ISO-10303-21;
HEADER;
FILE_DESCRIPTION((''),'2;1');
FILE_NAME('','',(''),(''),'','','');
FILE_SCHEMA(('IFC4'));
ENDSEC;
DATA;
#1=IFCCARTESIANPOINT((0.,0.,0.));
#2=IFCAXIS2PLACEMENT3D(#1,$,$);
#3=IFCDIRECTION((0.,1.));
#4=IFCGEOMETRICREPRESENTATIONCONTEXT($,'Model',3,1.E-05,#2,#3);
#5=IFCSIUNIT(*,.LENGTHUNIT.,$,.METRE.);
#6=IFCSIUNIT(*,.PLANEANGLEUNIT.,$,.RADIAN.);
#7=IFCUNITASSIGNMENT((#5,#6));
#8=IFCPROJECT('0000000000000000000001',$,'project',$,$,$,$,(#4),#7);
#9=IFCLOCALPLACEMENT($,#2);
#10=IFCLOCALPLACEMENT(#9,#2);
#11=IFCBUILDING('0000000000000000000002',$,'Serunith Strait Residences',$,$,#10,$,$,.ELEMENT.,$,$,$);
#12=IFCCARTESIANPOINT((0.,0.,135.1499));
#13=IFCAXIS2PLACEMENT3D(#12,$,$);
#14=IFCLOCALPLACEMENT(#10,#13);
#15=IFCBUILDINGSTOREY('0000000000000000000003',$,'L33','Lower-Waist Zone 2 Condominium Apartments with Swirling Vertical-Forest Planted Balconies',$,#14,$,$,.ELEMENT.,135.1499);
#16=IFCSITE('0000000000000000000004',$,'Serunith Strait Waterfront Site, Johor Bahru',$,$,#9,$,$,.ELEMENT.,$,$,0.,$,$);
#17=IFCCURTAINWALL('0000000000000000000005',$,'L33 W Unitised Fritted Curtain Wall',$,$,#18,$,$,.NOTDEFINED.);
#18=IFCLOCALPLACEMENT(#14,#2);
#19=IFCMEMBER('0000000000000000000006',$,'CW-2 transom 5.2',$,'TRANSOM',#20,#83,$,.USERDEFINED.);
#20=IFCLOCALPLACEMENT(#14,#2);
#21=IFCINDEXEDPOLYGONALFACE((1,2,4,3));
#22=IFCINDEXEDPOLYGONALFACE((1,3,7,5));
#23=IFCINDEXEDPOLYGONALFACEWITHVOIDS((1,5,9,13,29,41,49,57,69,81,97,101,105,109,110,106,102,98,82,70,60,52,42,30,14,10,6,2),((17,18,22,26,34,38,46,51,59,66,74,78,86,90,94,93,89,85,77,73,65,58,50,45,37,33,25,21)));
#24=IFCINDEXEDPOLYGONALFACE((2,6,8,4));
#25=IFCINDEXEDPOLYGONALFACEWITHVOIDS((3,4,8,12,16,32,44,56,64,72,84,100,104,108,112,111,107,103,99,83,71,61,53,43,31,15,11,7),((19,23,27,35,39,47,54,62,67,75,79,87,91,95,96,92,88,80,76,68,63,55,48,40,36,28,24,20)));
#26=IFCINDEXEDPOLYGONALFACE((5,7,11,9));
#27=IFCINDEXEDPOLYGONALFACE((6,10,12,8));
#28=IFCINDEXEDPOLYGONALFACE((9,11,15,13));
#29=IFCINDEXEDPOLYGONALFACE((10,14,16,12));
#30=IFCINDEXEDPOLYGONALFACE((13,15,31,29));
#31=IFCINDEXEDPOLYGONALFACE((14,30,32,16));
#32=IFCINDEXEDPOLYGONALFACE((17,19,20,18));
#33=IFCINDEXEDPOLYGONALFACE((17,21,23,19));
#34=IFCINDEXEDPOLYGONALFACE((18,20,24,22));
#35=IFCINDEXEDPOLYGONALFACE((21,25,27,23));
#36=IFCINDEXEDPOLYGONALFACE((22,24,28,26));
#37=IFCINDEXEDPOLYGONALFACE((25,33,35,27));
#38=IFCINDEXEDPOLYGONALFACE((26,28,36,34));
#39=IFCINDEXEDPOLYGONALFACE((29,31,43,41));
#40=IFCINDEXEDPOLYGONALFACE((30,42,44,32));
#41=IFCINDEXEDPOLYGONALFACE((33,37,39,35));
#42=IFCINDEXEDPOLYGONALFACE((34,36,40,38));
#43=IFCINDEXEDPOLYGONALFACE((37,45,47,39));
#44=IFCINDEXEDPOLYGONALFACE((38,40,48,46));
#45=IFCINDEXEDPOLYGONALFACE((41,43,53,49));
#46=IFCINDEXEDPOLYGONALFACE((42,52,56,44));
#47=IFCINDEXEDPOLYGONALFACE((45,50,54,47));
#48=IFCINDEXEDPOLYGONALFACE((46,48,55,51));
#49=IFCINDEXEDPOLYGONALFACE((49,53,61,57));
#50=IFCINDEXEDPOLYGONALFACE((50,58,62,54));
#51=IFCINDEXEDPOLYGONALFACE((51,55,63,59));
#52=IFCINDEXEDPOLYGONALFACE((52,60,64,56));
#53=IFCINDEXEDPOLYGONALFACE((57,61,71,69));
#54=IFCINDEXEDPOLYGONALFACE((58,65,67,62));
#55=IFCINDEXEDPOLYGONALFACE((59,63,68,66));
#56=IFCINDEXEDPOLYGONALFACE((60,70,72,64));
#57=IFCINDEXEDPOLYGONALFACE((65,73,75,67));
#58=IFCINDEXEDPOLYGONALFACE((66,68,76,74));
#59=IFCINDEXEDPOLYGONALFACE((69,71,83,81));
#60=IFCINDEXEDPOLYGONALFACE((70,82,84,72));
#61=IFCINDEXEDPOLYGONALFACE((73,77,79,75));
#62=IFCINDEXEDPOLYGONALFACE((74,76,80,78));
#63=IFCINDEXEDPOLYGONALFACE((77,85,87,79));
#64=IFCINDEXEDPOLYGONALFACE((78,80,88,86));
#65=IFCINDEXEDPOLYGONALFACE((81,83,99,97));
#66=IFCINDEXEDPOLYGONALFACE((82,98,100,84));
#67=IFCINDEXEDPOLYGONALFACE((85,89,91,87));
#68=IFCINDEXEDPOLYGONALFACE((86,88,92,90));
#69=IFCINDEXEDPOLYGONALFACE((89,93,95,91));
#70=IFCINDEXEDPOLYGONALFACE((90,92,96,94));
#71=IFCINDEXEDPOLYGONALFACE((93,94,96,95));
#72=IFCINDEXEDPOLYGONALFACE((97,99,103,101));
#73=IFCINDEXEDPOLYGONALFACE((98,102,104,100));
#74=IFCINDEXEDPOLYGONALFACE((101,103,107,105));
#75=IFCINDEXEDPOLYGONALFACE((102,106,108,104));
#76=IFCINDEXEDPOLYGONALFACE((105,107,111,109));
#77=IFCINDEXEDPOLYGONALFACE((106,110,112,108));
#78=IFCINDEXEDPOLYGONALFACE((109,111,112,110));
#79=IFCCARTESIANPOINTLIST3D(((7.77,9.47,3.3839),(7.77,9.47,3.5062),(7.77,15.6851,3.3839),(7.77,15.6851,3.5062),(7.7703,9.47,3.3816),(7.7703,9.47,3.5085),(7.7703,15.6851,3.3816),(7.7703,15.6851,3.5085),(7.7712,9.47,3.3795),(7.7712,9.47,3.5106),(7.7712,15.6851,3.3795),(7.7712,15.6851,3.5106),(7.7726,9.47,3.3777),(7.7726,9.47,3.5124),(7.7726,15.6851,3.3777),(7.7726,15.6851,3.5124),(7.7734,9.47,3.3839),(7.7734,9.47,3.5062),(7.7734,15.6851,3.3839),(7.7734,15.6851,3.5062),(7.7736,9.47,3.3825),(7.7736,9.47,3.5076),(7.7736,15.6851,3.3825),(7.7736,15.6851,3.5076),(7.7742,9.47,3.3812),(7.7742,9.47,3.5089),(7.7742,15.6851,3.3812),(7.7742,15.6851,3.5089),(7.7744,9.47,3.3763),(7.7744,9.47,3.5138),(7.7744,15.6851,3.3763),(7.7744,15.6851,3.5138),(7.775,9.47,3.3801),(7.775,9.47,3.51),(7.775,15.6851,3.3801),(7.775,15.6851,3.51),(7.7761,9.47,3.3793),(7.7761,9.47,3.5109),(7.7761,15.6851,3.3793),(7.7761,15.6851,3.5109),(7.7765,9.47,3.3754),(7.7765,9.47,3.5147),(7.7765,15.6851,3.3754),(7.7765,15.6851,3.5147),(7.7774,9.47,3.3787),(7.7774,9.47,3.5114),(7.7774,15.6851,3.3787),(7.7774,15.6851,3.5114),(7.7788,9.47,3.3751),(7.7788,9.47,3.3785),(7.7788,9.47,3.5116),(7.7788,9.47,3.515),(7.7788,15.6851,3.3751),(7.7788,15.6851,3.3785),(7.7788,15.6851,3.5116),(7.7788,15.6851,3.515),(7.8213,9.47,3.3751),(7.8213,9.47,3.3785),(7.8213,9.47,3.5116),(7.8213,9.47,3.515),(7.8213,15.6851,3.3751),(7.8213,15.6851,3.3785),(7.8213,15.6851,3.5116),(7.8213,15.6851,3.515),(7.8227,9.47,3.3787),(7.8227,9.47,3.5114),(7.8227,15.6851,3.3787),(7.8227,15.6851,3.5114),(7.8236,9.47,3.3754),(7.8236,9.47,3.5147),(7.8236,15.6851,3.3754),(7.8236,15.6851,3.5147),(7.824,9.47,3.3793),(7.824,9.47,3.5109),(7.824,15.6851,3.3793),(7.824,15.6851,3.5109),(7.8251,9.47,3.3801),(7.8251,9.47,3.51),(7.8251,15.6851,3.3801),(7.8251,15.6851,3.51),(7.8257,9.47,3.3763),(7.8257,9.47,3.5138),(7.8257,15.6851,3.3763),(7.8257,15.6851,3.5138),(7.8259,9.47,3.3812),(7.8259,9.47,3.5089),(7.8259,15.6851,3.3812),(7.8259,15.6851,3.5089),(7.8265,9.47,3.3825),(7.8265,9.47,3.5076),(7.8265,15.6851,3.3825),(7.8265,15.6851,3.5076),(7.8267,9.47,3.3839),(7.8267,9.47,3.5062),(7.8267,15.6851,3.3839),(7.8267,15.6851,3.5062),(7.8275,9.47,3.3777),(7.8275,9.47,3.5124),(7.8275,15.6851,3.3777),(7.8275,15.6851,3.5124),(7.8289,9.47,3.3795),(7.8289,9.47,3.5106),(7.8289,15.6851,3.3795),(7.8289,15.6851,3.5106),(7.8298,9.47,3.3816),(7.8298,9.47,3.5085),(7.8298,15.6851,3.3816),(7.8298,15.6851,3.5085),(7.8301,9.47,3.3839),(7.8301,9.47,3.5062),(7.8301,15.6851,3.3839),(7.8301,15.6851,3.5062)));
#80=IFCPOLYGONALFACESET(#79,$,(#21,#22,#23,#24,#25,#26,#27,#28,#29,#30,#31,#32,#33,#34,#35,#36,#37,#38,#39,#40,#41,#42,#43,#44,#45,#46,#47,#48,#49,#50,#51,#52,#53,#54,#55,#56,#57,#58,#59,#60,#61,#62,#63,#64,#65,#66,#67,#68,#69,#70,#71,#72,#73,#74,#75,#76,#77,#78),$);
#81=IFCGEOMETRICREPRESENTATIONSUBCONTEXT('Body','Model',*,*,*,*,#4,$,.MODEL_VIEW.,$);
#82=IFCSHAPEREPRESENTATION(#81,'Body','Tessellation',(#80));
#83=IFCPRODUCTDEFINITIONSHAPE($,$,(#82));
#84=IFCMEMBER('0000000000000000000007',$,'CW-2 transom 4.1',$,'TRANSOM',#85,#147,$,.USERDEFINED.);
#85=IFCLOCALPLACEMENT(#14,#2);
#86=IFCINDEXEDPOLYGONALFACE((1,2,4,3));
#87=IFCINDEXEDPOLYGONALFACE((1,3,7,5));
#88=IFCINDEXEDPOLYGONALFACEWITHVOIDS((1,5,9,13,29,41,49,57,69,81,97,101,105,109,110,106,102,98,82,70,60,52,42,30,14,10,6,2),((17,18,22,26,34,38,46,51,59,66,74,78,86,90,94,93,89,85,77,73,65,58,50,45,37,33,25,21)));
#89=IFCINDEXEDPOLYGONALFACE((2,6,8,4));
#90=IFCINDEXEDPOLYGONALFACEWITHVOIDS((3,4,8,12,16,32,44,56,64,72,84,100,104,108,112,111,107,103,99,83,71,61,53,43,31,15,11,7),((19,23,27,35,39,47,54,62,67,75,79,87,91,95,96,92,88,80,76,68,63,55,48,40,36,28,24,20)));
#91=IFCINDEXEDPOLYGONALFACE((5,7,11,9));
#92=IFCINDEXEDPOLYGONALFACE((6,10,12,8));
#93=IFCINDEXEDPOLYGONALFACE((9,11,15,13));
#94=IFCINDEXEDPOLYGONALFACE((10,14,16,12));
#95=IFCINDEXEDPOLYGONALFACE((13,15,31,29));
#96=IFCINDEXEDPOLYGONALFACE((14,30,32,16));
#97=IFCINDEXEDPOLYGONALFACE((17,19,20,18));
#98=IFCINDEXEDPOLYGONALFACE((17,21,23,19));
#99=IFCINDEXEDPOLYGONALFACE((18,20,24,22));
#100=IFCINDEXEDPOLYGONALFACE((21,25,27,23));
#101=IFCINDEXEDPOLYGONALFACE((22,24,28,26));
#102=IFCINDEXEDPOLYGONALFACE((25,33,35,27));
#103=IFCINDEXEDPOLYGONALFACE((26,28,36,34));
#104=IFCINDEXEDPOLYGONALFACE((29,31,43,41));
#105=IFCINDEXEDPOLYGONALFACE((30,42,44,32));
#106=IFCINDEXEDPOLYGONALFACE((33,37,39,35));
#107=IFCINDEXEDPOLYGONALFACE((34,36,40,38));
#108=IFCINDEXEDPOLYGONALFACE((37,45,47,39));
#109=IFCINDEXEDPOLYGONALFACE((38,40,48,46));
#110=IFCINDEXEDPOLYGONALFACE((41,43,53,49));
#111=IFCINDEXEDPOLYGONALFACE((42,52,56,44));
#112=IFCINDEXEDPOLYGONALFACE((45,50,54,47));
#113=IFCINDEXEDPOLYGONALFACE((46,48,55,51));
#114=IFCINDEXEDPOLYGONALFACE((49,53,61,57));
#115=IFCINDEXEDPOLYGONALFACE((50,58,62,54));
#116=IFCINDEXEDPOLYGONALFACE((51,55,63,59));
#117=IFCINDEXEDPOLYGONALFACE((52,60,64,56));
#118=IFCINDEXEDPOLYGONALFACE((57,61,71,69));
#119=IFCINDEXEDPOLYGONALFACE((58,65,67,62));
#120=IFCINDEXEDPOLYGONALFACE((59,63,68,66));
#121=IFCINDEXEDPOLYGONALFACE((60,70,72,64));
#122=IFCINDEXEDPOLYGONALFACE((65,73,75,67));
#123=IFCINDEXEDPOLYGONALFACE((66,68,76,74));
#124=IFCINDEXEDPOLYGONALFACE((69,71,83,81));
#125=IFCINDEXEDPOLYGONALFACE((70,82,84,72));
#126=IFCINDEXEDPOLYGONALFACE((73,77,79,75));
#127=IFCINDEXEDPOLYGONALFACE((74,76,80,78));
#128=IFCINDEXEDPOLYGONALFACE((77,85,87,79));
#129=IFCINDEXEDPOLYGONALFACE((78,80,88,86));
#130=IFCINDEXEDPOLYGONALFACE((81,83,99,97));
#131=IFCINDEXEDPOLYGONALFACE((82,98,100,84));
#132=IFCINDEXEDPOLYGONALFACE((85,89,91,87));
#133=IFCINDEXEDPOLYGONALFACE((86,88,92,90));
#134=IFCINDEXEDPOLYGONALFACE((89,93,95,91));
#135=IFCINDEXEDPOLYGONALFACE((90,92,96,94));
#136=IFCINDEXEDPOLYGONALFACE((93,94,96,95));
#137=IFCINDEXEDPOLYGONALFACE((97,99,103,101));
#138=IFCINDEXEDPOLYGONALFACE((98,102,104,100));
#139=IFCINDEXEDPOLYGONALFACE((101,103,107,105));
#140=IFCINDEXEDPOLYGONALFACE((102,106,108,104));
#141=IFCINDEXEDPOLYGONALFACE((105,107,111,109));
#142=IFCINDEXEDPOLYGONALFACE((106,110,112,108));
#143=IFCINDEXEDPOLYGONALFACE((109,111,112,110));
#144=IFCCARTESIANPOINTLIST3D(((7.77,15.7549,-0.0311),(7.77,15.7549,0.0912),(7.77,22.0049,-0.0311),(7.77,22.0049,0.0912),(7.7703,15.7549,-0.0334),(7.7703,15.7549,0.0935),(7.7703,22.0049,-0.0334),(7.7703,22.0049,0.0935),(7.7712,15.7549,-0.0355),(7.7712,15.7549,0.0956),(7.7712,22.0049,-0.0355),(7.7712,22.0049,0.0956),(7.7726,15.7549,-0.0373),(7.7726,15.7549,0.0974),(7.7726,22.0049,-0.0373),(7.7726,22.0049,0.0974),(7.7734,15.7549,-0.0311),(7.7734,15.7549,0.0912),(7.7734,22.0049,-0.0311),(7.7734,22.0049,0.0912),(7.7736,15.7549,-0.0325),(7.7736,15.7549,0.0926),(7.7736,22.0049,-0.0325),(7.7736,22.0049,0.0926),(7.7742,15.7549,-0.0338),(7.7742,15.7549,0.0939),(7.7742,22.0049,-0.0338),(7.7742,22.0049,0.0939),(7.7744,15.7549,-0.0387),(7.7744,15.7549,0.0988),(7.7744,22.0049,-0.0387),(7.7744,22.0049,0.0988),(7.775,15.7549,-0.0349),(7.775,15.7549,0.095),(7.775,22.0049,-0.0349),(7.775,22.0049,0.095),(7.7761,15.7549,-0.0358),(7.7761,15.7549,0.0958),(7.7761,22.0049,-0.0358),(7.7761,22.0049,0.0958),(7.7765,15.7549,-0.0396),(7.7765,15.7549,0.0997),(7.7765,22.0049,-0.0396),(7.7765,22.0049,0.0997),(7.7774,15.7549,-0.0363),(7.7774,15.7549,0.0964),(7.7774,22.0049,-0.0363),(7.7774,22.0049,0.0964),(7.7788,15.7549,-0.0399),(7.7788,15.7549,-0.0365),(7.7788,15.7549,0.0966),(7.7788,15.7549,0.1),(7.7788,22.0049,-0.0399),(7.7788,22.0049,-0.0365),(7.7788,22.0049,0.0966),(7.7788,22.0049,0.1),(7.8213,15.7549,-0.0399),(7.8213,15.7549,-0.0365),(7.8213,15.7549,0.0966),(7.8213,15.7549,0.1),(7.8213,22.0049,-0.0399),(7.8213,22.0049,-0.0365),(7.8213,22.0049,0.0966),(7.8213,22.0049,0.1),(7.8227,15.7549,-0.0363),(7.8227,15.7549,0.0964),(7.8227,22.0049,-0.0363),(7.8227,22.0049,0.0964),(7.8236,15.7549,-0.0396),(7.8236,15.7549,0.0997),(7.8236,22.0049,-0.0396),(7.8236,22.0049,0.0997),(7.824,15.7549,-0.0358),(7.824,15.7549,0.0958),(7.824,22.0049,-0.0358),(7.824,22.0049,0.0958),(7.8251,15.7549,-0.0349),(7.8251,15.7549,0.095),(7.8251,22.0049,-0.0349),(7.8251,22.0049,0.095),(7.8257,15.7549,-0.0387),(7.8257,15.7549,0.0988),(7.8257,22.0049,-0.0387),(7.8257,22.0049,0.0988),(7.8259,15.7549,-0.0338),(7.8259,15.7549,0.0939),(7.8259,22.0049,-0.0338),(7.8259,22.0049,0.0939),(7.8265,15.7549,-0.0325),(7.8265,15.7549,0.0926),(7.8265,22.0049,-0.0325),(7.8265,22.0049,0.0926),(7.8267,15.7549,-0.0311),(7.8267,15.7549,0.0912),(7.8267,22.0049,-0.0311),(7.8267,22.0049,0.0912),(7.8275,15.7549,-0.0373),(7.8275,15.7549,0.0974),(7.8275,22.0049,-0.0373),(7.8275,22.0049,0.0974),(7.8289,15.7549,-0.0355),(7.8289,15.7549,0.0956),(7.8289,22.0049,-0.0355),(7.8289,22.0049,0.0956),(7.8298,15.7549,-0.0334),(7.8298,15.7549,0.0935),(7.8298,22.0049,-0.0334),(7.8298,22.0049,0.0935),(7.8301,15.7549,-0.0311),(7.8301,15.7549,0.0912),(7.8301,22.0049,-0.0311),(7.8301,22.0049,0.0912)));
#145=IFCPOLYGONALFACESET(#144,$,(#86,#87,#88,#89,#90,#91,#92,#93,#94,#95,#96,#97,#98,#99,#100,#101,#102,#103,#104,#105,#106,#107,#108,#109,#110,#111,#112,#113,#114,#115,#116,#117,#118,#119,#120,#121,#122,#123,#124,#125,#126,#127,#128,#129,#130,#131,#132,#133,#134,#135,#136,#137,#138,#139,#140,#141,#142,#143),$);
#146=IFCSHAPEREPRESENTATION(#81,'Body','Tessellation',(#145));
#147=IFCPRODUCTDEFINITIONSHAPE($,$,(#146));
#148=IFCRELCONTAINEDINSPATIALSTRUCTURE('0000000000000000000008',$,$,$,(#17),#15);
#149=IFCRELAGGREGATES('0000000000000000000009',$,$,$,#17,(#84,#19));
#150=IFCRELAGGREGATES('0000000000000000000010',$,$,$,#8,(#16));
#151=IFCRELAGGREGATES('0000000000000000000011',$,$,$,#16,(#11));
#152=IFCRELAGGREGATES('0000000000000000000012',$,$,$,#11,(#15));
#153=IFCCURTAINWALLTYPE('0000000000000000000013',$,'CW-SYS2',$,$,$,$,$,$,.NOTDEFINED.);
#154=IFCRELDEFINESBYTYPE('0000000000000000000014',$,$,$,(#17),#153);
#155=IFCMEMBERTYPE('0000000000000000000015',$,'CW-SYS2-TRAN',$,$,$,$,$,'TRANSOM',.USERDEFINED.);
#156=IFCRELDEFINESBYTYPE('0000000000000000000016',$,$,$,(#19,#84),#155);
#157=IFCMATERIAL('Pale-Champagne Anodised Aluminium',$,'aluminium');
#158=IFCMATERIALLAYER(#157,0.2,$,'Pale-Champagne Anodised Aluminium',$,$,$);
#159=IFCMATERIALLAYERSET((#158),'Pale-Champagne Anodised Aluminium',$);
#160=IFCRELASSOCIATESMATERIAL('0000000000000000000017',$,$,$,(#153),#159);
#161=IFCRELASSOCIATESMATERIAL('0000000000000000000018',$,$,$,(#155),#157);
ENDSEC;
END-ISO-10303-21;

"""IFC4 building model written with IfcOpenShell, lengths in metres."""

from ifc_helpers import new_model, si_unit, direction, frame, origin, origin_2d, place, context, subcontext, project, spatial, hollow_rectangle, extrude, source, transform, mapped, material, layer, layer_set, material_profile, profile_set, type_object, element, aggregate, save


model = new_model("IFC4")

# Units and contexts
model_context = context("Model", 3, precision=1e-05, world=origin(), true_north=direction((0.0, 1.0)))
body_context = subcontext(model_context, "Body", "Model", "MODEL_VIEW")
ifc_project = project(units=[si_unit("LENGTHUNIT", "METRE"), si_unit("PLANEANGLEUNIT", "RADIAN")], contexts=[model_context])

# Site, building, storey
site_placement = place(None, origin())
site = spatial("IfcSite", under=ifc_project, at=site_placement, Name="Serunith Strait Waterfront Site, Johor Bahru", CompositionType="ELEMENT", RefElevation=0.0)
building_placement = place(site_placement, origin())
building = spatial("IfcBuilding", under=site, at=building_placement, Name="Serunith Strait Residences", CompositionType="ELEMENT")
storey_placement = place(building_placement, frame((0.0, 0.0, 135.1499)))
storey = spatial("IfcBuildingStorey", under=building, at=storey_placement, Name="L33", Description="Lower-Waist Zone 2 Condominium Apartments with Swirling Vertical-Forest Planted Balconies", CompositionType="ELEMENT", Elevation=135.1499)

# Curtain wall, members
ifc_material_1 = material(Name="Pale-Champagne Anodised Aluminium", Category="aluminium")
ifc_layer_1 = layer(ifc_material_1, 0.2, Name="Pale-Champagne Anodised Aluminium")
ifc_layer_set_1 = layer_set([ifc_layer_1], Name="Pale-Champagne Anodised Aluminium")
curtain_wall_type = type_object("IfcCurtainWallType", Name="CW-SYS2", PredefinedType="NOTDEFINED", material=ifc_layer_set_1)
curtain_wall_placement = place(storey_placement, origin())
curtain_wall = element("IfcCurtainWall", 1, at=curtain_wall_placement, inside=storey, type_object=curtain_wall_type, Name="L33 W Unitised Fritted Curtain Wall", PredefinedType="NOTDEFINED")
ifc_material_profile_1 = material_profile(ifc_material_1, hollow_rectangle(XDim=0.0601, YDim=0.1399, WallThickness=0.0034, InnerFilletRadius=0.0054, OuterFilletRadius=0.0088, at=origin_2d()), Name="ALU 140x60x3.5")
ifc_profile_set_1 = profile_set([ifc_material_profile_1], Name="Pale-Champagne Anodised Aluminium")
member_type_1 = type_object("IfcMemberType", Name="CW-SYS2-TRAN", ElementType="TRANSOM", PredefinedType="USERDEFINED", material=ifc_profile_set_1)
shared_shape_1 = source(origin(), body_context, "Body", "SweptSolid", [
    extrude(hollow_rectangle(XDim=0.0601, YDim=0.1399, WallThickness=0.0034, InnerFilletRadius=0.0054, OuterFilletRadius=0.0088, at=origin_2d()), origin(), (0.0, 0.0, 1.0), 6.2151),
])
member_1_placement = place(storey_placement, frame((7.8, 15.6851, 3.4451), z_axis=(0.0, -1.0, 0.0), x_axis=(1.0, 0.0, 0.0)))
member_1 = element("IfcMember", 2, at=member_1_placement, type_object=member_type_1, Name="CW-2 transom 5.2", ObjectType="TRANSOM", PredefinedType="USERDEFINED", context=body_context, shape_type="MappedRepresentation", body=[
    mapped(shared_shape_1, transform((0.0, 0.0, 0.0), scale=1.0)),
])
shared_shape_2 = source(origin(), body_context, "Body", "SweptSolid", [
    extrude(hollow_rectangle(XDim=0.0601, YDim=0.1399, WallThickness=0.0034, InnerFilletRadius=0.0054, OuterFilletRadius=0.0088, at=origin_2d()), origin(), (0.0, 0.0, 1.0), 6.25),
])
member_2_placement = place(storey_placement, frame((7.8, 22.0049, 0.03), z_axis=(0.0, -1.0, 0.0), x_axis=(1.0, 0.0, 0.0)))
member_2 = element("IfcMember", 3, at=member_2_placement, type_object=member_type_1, Name="CW-2 transom 4.1", ObjectType="TRANSOM", PredefinedType="USERDEFINED", context=body_context, shape_type="MappedRepresentation", body=[
    mapped(shared_shape_2, transform((0.0, 0.0, 0.0), scale=1.0)),
])
aggregate(curtain_wall, [member_2, member_1])

save(model, "model.ifc")
